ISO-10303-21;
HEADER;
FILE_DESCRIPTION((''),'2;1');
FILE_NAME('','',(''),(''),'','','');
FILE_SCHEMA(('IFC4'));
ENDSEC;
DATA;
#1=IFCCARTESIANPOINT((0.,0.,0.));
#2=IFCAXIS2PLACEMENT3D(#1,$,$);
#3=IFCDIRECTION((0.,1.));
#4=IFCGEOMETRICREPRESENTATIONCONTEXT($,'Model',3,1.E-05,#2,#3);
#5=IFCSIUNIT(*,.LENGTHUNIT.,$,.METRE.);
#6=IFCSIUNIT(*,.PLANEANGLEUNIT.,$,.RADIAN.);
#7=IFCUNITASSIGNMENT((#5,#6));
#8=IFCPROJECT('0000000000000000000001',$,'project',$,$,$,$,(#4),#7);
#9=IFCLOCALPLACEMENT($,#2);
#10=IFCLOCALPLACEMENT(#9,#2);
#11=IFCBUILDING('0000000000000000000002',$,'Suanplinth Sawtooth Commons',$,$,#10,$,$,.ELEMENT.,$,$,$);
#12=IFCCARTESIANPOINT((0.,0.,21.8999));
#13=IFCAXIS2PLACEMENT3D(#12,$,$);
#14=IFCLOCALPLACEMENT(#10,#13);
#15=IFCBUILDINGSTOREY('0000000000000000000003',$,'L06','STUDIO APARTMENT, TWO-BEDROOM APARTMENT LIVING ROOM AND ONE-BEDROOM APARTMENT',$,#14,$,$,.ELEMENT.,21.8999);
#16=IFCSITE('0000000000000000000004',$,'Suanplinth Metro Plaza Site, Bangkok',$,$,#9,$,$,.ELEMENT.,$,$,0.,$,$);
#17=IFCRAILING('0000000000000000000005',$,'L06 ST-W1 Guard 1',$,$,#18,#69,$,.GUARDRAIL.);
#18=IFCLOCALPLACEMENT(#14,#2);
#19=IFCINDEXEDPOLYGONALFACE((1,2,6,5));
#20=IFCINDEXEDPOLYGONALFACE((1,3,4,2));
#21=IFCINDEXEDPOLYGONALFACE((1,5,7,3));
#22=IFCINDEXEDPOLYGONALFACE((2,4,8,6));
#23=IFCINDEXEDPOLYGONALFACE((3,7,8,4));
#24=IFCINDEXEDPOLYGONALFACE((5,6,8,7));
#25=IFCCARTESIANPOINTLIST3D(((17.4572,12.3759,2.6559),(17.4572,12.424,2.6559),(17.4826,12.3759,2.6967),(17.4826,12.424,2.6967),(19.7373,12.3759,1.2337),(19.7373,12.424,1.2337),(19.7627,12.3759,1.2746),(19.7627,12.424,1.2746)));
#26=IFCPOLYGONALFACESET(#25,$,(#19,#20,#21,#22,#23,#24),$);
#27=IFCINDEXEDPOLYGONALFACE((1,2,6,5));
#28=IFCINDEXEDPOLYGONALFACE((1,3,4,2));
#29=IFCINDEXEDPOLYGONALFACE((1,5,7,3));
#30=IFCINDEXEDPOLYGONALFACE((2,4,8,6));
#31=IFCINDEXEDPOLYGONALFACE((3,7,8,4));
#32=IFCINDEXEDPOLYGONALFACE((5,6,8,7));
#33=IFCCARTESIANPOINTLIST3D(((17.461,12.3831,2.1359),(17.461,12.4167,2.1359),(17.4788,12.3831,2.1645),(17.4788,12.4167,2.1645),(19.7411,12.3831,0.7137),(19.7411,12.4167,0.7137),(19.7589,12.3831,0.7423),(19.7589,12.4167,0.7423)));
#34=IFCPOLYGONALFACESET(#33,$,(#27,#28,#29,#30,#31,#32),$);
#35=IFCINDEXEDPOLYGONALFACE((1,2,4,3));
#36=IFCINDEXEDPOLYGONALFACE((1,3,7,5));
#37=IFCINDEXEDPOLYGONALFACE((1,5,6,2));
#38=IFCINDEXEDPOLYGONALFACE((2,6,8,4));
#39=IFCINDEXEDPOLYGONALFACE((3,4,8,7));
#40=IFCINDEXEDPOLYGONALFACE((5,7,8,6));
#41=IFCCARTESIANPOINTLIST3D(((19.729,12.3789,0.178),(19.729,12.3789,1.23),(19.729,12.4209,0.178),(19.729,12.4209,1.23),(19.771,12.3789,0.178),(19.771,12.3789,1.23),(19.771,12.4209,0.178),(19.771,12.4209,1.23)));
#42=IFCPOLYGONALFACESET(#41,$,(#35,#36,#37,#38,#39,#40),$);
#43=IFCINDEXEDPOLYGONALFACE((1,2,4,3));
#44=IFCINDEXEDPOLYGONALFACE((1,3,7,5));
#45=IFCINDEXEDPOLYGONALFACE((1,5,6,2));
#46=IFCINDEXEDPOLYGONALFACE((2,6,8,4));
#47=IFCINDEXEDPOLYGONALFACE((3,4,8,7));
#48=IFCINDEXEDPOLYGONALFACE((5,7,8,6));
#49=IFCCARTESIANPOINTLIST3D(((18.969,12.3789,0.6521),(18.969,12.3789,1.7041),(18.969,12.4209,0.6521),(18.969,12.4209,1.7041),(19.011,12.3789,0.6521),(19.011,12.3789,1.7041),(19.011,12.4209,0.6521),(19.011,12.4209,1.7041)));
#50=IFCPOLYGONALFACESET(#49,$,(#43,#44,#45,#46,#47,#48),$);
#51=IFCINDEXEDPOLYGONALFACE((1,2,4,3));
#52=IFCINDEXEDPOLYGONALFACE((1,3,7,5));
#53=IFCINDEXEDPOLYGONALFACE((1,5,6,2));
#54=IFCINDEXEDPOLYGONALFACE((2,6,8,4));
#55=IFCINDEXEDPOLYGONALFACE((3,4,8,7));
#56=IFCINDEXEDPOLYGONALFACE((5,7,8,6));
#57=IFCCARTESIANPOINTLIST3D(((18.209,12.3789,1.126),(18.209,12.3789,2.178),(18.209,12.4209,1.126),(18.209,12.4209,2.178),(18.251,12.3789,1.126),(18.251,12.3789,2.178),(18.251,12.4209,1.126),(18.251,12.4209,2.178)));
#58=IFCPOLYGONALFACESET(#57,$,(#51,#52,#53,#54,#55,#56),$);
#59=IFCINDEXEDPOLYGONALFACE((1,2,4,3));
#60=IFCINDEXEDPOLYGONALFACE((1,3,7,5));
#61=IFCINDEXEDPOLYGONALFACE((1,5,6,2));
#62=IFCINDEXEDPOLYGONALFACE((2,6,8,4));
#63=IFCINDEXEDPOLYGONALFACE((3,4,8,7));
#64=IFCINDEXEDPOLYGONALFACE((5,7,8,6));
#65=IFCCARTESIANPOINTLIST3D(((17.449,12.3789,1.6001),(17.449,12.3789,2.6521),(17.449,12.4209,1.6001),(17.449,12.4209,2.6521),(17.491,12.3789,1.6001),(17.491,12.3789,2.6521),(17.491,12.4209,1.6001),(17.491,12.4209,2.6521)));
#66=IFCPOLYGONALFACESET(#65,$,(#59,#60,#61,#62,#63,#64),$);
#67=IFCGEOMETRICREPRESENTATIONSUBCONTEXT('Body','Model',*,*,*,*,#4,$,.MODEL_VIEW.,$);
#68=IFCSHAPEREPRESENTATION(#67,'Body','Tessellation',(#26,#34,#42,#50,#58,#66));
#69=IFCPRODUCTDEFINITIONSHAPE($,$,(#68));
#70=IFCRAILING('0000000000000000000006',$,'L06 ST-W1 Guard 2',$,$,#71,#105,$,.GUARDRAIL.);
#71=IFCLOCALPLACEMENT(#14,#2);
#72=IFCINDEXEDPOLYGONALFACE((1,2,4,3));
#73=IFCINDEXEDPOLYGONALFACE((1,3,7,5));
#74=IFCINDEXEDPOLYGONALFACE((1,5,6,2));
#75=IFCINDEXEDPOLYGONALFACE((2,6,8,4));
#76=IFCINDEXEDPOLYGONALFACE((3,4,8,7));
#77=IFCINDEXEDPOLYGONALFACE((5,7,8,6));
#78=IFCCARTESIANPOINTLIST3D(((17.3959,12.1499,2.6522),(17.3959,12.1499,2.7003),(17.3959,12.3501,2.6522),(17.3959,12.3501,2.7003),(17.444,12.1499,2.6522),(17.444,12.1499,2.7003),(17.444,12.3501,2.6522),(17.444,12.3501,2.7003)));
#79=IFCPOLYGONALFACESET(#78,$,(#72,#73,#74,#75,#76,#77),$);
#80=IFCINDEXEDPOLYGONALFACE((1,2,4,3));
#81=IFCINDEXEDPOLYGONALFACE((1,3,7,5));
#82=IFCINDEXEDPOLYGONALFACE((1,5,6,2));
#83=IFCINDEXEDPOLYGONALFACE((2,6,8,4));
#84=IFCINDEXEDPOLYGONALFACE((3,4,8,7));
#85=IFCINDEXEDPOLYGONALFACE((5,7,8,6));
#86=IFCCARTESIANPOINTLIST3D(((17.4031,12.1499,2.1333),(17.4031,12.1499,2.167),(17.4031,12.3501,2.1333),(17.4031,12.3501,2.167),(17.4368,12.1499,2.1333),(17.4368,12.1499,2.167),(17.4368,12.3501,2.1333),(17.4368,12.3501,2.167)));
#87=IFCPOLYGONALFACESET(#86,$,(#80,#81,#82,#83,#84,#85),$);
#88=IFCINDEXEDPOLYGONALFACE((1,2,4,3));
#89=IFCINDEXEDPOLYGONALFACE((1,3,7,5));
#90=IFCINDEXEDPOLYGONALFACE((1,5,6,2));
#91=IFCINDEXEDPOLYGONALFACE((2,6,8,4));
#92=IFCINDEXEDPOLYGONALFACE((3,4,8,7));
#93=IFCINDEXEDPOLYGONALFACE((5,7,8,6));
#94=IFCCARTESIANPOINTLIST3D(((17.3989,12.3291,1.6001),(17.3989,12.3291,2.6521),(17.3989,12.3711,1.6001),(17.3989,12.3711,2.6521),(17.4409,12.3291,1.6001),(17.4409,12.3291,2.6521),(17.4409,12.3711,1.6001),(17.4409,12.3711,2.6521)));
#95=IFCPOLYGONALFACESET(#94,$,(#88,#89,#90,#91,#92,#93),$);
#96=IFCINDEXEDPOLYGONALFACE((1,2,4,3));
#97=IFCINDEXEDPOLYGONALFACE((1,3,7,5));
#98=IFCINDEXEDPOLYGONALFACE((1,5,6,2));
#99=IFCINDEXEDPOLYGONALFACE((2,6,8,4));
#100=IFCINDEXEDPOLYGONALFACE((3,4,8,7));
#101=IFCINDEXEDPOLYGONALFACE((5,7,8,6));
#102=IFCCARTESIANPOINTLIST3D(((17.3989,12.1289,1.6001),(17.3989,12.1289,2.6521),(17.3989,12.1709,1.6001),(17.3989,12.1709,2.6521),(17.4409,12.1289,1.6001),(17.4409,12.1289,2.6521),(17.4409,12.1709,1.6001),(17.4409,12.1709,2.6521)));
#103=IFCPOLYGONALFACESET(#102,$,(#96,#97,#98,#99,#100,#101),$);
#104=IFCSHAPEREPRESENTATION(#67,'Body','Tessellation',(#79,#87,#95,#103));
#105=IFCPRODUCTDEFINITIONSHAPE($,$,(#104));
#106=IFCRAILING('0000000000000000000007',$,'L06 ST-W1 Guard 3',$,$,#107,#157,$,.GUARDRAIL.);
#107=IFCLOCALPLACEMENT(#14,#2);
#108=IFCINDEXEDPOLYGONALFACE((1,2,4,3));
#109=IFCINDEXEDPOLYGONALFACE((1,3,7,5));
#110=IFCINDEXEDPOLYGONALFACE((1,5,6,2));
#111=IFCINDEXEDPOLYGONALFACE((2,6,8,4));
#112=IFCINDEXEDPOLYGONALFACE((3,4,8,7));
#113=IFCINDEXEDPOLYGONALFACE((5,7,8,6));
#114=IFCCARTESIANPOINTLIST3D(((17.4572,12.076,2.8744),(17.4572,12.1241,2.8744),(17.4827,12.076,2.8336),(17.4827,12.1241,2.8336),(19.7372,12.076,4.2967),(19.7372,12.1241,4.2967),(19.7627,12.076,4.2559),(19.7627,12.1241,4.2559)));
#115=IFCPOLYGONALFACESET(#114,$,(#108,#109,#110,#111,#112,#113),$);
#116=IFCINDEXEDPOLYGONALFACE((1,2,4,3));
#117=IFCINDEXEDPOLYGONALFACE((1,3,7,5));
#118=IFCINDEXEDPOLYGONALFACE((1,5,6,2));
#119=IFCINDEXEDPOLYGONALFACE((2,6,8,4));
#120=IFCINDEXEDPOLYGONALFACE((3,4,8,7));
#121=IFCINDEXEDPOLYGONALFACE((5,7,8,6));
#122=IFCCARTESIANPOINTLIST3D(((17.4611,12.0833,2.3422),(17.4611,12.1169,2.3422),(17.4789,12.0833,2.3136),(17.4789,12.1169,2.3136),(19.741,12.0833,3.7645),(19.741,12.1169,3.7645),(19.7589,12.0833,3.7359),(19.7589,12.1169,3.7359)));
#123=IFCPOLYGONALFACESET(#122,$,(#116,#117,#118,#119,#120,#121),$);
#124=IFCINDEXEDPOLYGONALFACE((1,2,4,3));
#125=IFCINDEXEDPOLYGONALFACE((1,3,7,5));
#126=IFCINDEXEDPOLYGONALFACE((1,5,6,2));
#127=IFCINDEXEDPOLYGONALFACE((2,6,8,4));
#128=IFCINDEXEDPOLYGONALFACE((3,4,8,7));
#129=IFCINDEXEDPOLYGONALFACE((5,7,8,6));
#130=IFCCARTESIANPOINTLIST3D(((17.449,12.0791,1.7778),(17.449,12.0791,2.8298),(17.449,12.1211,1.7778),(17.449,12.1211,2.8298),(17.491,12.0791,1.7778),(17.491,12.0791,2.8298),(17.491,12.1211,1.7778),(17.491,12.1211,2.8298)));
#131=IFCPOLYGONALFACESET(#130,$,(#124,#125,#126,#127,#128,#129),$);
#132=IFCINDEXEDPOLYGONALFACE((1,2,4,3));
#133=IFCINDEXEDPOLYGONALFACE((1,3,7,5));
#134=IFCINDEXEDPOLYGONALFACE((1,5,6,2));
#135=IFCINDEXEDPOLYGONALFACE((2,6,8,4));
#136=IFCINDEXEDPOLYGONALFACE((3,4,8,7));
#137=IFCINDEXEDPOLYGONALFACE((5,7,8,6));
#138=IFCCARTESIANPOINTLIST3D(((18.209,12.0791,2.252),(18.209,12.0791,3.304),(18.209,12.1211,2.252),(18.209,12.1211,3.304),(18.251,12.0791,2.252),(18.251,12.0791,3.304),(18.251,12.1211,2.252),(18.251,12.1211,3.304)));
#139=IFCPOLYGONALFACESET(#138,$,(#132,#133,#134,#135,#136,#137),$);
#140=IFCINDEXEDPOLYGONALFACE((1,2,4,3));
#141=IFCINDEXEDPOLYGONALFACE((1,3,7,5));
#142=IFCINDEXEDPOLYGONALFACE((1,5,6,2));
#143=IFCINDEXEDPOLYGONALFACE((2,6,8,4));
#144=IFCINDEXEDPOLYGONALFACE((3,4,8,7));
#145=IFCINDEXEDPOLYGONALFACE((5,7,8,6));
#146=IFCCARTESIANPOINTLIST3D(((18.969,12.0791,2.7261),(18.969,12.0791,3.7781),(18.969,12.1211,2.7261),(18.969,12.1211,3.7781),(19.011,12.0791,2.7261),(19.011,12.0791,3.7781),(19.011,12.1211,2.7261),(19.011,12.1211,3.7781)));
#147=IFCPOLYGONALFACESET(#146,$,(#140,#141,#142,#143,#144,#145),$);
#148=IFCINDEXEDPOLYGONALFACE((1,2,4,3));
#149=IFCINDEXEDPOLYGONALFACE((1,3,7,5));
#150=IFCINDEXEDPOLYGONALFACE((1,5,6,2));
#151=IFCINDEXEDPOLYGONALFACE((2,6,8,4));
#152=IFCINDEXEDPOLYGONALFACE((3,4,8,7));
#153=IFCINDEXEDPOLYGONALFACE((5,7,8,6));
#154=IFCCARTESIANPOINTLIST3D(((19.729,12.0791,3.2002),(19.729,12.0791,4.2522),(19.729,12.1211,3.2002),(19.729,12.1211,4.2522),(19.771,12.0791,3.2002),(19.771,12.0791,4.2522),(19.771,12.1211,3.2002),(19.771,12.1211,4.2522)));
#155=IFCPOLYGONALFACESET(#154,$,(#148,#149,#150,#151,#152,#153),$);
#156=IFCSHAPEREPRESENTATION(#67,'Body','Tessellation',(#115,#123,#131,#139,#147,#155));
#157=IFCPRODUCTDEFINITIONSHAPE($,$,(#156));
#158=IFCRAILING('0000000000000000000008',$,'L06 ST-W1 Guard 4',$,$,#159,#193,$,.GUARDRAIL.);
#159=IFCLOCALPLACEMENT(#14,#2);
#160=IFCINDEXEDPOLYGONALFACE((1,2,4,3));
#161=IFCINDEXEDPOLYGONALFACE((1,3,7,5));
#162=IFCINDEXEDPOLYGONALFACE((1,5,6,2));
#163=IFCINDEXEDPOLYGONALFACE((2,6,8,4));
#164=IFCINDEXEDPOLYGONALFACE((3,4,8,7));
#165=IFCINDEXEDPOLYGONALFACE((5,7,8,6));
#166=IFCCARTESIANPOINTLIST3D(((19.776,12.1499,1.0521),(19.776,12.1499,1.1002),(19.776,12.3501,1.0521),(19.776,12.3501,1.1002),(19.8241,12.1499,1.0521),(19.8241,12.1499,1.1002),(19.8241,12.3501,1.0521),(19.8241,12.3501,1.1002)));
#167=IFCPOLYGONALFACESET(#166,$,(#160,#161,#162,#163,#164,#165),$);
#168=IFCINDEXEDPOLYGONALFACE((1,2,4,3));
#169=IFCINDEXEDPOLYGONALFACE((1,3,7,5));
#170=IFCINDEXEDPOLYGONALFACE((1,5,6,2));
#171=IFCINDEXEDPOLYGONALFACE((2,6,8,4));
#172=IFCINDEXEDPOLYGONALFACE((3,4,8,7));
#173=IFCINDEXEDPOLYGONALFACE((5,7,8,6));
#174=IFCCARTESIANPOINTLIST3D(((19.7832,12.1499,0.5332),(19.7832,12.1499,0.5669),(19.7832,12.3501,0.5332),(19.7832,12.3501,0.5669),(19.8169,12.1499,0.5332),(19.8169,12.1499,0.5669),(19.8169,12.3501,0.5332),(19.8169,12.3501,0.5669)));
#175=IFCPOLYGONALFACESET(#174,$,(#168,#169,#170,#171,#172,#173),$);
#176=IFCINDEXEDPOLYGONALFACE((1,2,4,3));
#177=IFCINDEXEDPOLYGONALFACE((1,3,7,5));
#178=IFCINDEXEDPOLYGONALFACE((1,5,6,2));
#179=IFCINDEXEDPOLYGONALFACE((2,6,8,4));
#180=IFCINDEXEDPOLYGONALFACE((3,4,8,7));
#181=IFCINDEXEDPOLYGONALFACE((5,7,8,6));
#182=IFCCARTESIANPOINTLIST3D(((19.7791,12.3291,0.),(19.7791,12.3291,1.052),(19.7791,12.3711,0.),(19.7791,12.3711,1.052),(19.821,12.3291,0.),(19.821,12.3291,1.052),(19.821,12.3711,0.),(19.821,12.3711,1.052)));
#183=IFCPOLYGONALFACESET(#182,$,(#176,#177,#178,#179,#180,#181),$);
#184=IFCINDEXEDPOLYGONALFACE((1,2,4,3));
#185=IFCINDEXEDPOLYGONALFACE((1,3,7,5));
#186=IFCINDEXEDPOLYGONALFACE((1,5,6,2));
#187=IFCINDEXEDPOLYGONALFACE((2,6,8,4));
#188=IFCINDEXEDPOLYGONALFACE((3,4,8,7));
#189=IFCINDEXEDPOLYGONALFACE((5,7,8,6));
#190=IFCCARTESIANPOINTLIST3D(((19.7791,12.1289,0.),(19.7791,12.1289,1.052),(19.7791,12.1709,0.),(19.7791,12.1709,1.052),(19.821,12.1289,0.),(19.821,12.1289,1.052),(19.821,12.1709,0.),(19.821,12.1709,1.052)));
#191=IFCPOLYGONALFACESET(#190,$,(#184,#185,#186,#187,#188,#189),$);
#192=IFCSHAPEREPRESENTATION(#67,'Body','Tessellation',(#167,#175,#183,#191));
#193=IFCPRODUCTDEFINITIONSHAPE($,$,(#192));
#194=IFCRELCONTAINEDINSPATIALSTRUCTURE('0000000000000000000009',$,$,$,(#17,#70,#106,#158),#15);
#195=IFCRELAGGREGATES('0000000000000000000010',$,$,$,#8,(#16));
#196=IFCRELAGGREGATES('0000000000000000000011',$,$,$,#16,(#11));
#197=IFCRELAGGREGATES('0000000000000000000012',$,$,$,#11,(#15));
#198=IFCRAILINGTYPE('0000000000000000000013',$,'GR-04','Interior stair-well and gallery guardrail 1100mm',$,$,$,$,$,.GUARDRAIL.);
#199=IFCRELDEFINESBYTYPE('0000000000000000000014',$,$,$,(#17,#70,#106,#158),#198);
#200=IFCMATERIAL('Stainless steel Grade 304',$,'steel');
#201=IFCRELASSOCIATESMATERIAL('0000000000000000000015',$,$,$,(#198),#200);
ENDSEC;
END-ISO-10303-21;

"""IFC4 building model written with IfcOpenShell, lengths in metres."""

from ifc_helpers import new_model, si_unit, direction, frame, origin, origin_2d, place, context, subcontext, project, spatial, rectangle, extrude, material, type_object, element, save


model = new_model("IFC4")

# Units and contexts
model_context = context("Model", 3, precision=1e-05, world=origin(), true_north=direction((0.0, 1.0)))
body_context = subcontext(model_context, "Body", "Model", "MODEL_VIEW")
ifc_project = project(units=[si_unit("LENGTHUNIT", "METRE"), si_unit("PLANEANGLEUNIT", "RADIAN")], contexts=[model_context])

# Site, building, storey
site_placement = place(None, origin())
site = spatial("IfcSite", under=ifc_project, at=site_placement, Name="Suanplinth Metro Plaza Site, Bangkok", CompositionType="ELEMENT", RefElevation=0.0)
building_placement = place(site_placement, origin())
building = spatial("IfcBuilding", under=site, at=building_placement, Name="Suanplinth Sawtooth Commons", CompositionType="ELEMENT")
storey_placement = place(building_placement, frame((0.0, 0.0, 21.8999)))
storey = spatial("IfcBuildingStorey", under=building, at=storey_placement, Name="L06", Description="STUDIO APARTMENT, TWO-BEDROOM APARTMENT LIVING ROOM AND ONE-BEDROOM APARTMENT", CompositionType="ELEMENT", Elevation=21.8999)

# Shared definitions
ifc_material_1 = material(Name="Stainless steel Grade 304", Category="steel")

# Railings
railing_type_1 = type_object("IfcRailingType", Name="GR-04", Description="Interior stair-well and gallery guardrail 1100mm", PredefinedType="GUARDRAIL", material=ifc_material_1)
railing_1_placement = place(storey_placement, frame((19.75, 12.3999, 0.178)))
element("IfcRailing", 1, at=railing_1_placement, inside=storey, type_object=railing_type_1, Name="L06 ST-W1 Guard 1", PredefinedType="GUARDRAIL", context=body_context, shape_type="SweptSolid", body=[
    extrude(rectangle(XDim=0.0481, YDim=0.0481, at=origin_2d()), frame((0.0, 0.0, 1.0762), z_axis=(-0.848483, 0.0, 0.529223), x_axis=(0.0, -1.0, 0.0)), (0.0, 0.0, 1.0), 2.6873),
    extrude(rectangle(XDim=0.0337, YDim=0.0337, at=origin_2d()), frame((0.0, 0.0, 0.55), z_axis=(-0.848483, 0.0, 0.529223), x_axis=(0.0, -1.0, 0.0)), (0.0, 0.0, 1.0), 2.6873),
    extrude(rectangle(XDim=0.042, YDim=0.042, at=origin_2d()), origin(), (0.0, 0.0, 1.0), 1.052),
    extrude(rectangle(XDim=0.042, YDim=0.042, at=origin_2d()), frame((-0.76, 0.0, 0.4741)), (0.0, 0.0, 1.0), 1.052),
    extrude(rectangle(XDim=0.042, YDim=0.042, at=origin_2d()), frame((-1.52, 0.0, 0.948)), (0.0, 0.0, 1.0), 1.052),
    extrude(rectangle(XDim=0.042, YDim=0.042, at=origin_2d()), frame((-2.28, 0.0, 1.4221)), (0.0, 0.0, 1.0), 1.052),
])
railing_2_placement = place(storey_placement, frame((17.4199, 12.3501, 1.6001)))
element("IfcRailing", 2, at=railing_2_placement, inside=storey, type_object=railing_type_1, Name="L06 ST-W1 Guard 2", PredefinedType="GUARDRAIL", context=body_context, shape_type="SweptSolid", body=[
    extrude(rectangle(XDim=0.0481, YDim=0.0481, at=origin_2d()), frame((0.0, 0.0, 1.0762), z_axis=(0.0, -1.0, 0.0), x_axis=(1.0, 0.0, 0.0)), (0.0, 0.0, 1.0), 0.2002),
    extrude(rectangle(XDim=0.0337, YDim=0.0337, at=origin_2d()), frame((0.0, 0.0, 0.55), z_axis=(0.0, -1.0, 0.0), x_axis=(1.0, 0.0, 0.0)), (0.0, 0.0, 1.0), 0.2002),
    extrude(rectangle(XDim=0.042, YDim=0.042, at=origin_2d()), origin(), (0.0, 0.0, 1.0), 1.052),
    extrude(rectangle(XDim=0.042, YDim=0.042, at=origin_2d()), frame((0.0, -0.2002, 0.0)), (0.0, 0.0, 1.0), 1.052),
])
railing_3_placement = place(storey_placement, frame((17.47, 12.1001, 1.7778)))
element("IfcRailing", 3, at=railing_3_placement, inside=storey, type_object=railing_type_1, Name="L06 ST-W1 Guard 3", PredefinedType="GUARDRAIL", context=body_context, shape_type="SweptSolid", body=[
    extrude(rectangle(XDim=0.0481, YDim=0.0481, at=origin_2d()), frame((0.0, 0.0, 1.0762), z_axis=(0.848442, 0.0, 0.529288), x_axis=(0.0, 1.0, 0.0)), (0.0, 0.0, 1.0), 2.6873),
    extrude(rectangle(XDim=0.0337, YDim=0.0337, at=origin_2d()), frame((0.0, 0.0, 0.55), z_axis=(0.848442, 0.0, 0.529288), x_axis=(0.0, 1.0, 0.0)), (0.0, 0.0, 1.0), 2.6873),
    extrude(rectangle(XDim=0.042, YDim=0.042, at=origin_2d()), origin(), (0.0, 0.0, 1.0), 1.052),
    extrude(rectangle(XDim=0.042, YDim=0.042, at=origin_2d()), frame((0.76, 0.0, 0.4741)), (0.0, 0.0, 1.0), 1.052),
    extrude(rectangle(XDim=0.042, YDim=0.042, at=origin_2d()), frame((1.52, 0.0, 0.9482)), (0.0, 0.0, 1.0), 1.052),
    extrude(rectangle(XDim=0.042, YDim=0.042, at=origin_2d()), frame((2.28, 0.0, 1.4224)), (0.0, 0.0, 1.0), 1.052),
])
railing_4_placement = place(storey_placement, frame((19.8, 12.3501, 0.0)))
element("IfcRailing", 4, at=railing_4_placement, inside=storey, type_object=railing_type_1, Name="L06 ST-W1 Guard 4", PredefinedType="GUARDRAIL", context=body_context, shape_type="SweptSolid", body=[
    extrude(rectangle(XDim=0.0481, YDim=0.0481, at=origin_2d()), frame((0.0, 0.0, 1.0762), z_axis=(0.0, -1.0, 0.0), x_axis=(1.0, 0.0, 0.0)), (0.0, 0.0, 1.0), 0.2002),
    extrude(rectangle(XDim=0.0337, YDim=0.0337, at=origin_2d()), frame((0.0, 0.0, 0.55), z_axis=(0.0, -1.0, 0.0), x_axis=(1.0, 0.0, 0.0)), (0.0, 0.0, 1.0), 0.2002),
    extrude(rectangle(XDim=0.042, YDim=0.042, at=origin_2d()), origin(), (0.0, 0.0, 1.0), 1.052),
    extrude(rectangle(XDim=0.042, YDim=0.042, at=origin_2d()), frame((0.0, -0.2002, 0.0)), (0.0, 0.0, 1.0), 1.052),
])

save(model, "model.ifc")
